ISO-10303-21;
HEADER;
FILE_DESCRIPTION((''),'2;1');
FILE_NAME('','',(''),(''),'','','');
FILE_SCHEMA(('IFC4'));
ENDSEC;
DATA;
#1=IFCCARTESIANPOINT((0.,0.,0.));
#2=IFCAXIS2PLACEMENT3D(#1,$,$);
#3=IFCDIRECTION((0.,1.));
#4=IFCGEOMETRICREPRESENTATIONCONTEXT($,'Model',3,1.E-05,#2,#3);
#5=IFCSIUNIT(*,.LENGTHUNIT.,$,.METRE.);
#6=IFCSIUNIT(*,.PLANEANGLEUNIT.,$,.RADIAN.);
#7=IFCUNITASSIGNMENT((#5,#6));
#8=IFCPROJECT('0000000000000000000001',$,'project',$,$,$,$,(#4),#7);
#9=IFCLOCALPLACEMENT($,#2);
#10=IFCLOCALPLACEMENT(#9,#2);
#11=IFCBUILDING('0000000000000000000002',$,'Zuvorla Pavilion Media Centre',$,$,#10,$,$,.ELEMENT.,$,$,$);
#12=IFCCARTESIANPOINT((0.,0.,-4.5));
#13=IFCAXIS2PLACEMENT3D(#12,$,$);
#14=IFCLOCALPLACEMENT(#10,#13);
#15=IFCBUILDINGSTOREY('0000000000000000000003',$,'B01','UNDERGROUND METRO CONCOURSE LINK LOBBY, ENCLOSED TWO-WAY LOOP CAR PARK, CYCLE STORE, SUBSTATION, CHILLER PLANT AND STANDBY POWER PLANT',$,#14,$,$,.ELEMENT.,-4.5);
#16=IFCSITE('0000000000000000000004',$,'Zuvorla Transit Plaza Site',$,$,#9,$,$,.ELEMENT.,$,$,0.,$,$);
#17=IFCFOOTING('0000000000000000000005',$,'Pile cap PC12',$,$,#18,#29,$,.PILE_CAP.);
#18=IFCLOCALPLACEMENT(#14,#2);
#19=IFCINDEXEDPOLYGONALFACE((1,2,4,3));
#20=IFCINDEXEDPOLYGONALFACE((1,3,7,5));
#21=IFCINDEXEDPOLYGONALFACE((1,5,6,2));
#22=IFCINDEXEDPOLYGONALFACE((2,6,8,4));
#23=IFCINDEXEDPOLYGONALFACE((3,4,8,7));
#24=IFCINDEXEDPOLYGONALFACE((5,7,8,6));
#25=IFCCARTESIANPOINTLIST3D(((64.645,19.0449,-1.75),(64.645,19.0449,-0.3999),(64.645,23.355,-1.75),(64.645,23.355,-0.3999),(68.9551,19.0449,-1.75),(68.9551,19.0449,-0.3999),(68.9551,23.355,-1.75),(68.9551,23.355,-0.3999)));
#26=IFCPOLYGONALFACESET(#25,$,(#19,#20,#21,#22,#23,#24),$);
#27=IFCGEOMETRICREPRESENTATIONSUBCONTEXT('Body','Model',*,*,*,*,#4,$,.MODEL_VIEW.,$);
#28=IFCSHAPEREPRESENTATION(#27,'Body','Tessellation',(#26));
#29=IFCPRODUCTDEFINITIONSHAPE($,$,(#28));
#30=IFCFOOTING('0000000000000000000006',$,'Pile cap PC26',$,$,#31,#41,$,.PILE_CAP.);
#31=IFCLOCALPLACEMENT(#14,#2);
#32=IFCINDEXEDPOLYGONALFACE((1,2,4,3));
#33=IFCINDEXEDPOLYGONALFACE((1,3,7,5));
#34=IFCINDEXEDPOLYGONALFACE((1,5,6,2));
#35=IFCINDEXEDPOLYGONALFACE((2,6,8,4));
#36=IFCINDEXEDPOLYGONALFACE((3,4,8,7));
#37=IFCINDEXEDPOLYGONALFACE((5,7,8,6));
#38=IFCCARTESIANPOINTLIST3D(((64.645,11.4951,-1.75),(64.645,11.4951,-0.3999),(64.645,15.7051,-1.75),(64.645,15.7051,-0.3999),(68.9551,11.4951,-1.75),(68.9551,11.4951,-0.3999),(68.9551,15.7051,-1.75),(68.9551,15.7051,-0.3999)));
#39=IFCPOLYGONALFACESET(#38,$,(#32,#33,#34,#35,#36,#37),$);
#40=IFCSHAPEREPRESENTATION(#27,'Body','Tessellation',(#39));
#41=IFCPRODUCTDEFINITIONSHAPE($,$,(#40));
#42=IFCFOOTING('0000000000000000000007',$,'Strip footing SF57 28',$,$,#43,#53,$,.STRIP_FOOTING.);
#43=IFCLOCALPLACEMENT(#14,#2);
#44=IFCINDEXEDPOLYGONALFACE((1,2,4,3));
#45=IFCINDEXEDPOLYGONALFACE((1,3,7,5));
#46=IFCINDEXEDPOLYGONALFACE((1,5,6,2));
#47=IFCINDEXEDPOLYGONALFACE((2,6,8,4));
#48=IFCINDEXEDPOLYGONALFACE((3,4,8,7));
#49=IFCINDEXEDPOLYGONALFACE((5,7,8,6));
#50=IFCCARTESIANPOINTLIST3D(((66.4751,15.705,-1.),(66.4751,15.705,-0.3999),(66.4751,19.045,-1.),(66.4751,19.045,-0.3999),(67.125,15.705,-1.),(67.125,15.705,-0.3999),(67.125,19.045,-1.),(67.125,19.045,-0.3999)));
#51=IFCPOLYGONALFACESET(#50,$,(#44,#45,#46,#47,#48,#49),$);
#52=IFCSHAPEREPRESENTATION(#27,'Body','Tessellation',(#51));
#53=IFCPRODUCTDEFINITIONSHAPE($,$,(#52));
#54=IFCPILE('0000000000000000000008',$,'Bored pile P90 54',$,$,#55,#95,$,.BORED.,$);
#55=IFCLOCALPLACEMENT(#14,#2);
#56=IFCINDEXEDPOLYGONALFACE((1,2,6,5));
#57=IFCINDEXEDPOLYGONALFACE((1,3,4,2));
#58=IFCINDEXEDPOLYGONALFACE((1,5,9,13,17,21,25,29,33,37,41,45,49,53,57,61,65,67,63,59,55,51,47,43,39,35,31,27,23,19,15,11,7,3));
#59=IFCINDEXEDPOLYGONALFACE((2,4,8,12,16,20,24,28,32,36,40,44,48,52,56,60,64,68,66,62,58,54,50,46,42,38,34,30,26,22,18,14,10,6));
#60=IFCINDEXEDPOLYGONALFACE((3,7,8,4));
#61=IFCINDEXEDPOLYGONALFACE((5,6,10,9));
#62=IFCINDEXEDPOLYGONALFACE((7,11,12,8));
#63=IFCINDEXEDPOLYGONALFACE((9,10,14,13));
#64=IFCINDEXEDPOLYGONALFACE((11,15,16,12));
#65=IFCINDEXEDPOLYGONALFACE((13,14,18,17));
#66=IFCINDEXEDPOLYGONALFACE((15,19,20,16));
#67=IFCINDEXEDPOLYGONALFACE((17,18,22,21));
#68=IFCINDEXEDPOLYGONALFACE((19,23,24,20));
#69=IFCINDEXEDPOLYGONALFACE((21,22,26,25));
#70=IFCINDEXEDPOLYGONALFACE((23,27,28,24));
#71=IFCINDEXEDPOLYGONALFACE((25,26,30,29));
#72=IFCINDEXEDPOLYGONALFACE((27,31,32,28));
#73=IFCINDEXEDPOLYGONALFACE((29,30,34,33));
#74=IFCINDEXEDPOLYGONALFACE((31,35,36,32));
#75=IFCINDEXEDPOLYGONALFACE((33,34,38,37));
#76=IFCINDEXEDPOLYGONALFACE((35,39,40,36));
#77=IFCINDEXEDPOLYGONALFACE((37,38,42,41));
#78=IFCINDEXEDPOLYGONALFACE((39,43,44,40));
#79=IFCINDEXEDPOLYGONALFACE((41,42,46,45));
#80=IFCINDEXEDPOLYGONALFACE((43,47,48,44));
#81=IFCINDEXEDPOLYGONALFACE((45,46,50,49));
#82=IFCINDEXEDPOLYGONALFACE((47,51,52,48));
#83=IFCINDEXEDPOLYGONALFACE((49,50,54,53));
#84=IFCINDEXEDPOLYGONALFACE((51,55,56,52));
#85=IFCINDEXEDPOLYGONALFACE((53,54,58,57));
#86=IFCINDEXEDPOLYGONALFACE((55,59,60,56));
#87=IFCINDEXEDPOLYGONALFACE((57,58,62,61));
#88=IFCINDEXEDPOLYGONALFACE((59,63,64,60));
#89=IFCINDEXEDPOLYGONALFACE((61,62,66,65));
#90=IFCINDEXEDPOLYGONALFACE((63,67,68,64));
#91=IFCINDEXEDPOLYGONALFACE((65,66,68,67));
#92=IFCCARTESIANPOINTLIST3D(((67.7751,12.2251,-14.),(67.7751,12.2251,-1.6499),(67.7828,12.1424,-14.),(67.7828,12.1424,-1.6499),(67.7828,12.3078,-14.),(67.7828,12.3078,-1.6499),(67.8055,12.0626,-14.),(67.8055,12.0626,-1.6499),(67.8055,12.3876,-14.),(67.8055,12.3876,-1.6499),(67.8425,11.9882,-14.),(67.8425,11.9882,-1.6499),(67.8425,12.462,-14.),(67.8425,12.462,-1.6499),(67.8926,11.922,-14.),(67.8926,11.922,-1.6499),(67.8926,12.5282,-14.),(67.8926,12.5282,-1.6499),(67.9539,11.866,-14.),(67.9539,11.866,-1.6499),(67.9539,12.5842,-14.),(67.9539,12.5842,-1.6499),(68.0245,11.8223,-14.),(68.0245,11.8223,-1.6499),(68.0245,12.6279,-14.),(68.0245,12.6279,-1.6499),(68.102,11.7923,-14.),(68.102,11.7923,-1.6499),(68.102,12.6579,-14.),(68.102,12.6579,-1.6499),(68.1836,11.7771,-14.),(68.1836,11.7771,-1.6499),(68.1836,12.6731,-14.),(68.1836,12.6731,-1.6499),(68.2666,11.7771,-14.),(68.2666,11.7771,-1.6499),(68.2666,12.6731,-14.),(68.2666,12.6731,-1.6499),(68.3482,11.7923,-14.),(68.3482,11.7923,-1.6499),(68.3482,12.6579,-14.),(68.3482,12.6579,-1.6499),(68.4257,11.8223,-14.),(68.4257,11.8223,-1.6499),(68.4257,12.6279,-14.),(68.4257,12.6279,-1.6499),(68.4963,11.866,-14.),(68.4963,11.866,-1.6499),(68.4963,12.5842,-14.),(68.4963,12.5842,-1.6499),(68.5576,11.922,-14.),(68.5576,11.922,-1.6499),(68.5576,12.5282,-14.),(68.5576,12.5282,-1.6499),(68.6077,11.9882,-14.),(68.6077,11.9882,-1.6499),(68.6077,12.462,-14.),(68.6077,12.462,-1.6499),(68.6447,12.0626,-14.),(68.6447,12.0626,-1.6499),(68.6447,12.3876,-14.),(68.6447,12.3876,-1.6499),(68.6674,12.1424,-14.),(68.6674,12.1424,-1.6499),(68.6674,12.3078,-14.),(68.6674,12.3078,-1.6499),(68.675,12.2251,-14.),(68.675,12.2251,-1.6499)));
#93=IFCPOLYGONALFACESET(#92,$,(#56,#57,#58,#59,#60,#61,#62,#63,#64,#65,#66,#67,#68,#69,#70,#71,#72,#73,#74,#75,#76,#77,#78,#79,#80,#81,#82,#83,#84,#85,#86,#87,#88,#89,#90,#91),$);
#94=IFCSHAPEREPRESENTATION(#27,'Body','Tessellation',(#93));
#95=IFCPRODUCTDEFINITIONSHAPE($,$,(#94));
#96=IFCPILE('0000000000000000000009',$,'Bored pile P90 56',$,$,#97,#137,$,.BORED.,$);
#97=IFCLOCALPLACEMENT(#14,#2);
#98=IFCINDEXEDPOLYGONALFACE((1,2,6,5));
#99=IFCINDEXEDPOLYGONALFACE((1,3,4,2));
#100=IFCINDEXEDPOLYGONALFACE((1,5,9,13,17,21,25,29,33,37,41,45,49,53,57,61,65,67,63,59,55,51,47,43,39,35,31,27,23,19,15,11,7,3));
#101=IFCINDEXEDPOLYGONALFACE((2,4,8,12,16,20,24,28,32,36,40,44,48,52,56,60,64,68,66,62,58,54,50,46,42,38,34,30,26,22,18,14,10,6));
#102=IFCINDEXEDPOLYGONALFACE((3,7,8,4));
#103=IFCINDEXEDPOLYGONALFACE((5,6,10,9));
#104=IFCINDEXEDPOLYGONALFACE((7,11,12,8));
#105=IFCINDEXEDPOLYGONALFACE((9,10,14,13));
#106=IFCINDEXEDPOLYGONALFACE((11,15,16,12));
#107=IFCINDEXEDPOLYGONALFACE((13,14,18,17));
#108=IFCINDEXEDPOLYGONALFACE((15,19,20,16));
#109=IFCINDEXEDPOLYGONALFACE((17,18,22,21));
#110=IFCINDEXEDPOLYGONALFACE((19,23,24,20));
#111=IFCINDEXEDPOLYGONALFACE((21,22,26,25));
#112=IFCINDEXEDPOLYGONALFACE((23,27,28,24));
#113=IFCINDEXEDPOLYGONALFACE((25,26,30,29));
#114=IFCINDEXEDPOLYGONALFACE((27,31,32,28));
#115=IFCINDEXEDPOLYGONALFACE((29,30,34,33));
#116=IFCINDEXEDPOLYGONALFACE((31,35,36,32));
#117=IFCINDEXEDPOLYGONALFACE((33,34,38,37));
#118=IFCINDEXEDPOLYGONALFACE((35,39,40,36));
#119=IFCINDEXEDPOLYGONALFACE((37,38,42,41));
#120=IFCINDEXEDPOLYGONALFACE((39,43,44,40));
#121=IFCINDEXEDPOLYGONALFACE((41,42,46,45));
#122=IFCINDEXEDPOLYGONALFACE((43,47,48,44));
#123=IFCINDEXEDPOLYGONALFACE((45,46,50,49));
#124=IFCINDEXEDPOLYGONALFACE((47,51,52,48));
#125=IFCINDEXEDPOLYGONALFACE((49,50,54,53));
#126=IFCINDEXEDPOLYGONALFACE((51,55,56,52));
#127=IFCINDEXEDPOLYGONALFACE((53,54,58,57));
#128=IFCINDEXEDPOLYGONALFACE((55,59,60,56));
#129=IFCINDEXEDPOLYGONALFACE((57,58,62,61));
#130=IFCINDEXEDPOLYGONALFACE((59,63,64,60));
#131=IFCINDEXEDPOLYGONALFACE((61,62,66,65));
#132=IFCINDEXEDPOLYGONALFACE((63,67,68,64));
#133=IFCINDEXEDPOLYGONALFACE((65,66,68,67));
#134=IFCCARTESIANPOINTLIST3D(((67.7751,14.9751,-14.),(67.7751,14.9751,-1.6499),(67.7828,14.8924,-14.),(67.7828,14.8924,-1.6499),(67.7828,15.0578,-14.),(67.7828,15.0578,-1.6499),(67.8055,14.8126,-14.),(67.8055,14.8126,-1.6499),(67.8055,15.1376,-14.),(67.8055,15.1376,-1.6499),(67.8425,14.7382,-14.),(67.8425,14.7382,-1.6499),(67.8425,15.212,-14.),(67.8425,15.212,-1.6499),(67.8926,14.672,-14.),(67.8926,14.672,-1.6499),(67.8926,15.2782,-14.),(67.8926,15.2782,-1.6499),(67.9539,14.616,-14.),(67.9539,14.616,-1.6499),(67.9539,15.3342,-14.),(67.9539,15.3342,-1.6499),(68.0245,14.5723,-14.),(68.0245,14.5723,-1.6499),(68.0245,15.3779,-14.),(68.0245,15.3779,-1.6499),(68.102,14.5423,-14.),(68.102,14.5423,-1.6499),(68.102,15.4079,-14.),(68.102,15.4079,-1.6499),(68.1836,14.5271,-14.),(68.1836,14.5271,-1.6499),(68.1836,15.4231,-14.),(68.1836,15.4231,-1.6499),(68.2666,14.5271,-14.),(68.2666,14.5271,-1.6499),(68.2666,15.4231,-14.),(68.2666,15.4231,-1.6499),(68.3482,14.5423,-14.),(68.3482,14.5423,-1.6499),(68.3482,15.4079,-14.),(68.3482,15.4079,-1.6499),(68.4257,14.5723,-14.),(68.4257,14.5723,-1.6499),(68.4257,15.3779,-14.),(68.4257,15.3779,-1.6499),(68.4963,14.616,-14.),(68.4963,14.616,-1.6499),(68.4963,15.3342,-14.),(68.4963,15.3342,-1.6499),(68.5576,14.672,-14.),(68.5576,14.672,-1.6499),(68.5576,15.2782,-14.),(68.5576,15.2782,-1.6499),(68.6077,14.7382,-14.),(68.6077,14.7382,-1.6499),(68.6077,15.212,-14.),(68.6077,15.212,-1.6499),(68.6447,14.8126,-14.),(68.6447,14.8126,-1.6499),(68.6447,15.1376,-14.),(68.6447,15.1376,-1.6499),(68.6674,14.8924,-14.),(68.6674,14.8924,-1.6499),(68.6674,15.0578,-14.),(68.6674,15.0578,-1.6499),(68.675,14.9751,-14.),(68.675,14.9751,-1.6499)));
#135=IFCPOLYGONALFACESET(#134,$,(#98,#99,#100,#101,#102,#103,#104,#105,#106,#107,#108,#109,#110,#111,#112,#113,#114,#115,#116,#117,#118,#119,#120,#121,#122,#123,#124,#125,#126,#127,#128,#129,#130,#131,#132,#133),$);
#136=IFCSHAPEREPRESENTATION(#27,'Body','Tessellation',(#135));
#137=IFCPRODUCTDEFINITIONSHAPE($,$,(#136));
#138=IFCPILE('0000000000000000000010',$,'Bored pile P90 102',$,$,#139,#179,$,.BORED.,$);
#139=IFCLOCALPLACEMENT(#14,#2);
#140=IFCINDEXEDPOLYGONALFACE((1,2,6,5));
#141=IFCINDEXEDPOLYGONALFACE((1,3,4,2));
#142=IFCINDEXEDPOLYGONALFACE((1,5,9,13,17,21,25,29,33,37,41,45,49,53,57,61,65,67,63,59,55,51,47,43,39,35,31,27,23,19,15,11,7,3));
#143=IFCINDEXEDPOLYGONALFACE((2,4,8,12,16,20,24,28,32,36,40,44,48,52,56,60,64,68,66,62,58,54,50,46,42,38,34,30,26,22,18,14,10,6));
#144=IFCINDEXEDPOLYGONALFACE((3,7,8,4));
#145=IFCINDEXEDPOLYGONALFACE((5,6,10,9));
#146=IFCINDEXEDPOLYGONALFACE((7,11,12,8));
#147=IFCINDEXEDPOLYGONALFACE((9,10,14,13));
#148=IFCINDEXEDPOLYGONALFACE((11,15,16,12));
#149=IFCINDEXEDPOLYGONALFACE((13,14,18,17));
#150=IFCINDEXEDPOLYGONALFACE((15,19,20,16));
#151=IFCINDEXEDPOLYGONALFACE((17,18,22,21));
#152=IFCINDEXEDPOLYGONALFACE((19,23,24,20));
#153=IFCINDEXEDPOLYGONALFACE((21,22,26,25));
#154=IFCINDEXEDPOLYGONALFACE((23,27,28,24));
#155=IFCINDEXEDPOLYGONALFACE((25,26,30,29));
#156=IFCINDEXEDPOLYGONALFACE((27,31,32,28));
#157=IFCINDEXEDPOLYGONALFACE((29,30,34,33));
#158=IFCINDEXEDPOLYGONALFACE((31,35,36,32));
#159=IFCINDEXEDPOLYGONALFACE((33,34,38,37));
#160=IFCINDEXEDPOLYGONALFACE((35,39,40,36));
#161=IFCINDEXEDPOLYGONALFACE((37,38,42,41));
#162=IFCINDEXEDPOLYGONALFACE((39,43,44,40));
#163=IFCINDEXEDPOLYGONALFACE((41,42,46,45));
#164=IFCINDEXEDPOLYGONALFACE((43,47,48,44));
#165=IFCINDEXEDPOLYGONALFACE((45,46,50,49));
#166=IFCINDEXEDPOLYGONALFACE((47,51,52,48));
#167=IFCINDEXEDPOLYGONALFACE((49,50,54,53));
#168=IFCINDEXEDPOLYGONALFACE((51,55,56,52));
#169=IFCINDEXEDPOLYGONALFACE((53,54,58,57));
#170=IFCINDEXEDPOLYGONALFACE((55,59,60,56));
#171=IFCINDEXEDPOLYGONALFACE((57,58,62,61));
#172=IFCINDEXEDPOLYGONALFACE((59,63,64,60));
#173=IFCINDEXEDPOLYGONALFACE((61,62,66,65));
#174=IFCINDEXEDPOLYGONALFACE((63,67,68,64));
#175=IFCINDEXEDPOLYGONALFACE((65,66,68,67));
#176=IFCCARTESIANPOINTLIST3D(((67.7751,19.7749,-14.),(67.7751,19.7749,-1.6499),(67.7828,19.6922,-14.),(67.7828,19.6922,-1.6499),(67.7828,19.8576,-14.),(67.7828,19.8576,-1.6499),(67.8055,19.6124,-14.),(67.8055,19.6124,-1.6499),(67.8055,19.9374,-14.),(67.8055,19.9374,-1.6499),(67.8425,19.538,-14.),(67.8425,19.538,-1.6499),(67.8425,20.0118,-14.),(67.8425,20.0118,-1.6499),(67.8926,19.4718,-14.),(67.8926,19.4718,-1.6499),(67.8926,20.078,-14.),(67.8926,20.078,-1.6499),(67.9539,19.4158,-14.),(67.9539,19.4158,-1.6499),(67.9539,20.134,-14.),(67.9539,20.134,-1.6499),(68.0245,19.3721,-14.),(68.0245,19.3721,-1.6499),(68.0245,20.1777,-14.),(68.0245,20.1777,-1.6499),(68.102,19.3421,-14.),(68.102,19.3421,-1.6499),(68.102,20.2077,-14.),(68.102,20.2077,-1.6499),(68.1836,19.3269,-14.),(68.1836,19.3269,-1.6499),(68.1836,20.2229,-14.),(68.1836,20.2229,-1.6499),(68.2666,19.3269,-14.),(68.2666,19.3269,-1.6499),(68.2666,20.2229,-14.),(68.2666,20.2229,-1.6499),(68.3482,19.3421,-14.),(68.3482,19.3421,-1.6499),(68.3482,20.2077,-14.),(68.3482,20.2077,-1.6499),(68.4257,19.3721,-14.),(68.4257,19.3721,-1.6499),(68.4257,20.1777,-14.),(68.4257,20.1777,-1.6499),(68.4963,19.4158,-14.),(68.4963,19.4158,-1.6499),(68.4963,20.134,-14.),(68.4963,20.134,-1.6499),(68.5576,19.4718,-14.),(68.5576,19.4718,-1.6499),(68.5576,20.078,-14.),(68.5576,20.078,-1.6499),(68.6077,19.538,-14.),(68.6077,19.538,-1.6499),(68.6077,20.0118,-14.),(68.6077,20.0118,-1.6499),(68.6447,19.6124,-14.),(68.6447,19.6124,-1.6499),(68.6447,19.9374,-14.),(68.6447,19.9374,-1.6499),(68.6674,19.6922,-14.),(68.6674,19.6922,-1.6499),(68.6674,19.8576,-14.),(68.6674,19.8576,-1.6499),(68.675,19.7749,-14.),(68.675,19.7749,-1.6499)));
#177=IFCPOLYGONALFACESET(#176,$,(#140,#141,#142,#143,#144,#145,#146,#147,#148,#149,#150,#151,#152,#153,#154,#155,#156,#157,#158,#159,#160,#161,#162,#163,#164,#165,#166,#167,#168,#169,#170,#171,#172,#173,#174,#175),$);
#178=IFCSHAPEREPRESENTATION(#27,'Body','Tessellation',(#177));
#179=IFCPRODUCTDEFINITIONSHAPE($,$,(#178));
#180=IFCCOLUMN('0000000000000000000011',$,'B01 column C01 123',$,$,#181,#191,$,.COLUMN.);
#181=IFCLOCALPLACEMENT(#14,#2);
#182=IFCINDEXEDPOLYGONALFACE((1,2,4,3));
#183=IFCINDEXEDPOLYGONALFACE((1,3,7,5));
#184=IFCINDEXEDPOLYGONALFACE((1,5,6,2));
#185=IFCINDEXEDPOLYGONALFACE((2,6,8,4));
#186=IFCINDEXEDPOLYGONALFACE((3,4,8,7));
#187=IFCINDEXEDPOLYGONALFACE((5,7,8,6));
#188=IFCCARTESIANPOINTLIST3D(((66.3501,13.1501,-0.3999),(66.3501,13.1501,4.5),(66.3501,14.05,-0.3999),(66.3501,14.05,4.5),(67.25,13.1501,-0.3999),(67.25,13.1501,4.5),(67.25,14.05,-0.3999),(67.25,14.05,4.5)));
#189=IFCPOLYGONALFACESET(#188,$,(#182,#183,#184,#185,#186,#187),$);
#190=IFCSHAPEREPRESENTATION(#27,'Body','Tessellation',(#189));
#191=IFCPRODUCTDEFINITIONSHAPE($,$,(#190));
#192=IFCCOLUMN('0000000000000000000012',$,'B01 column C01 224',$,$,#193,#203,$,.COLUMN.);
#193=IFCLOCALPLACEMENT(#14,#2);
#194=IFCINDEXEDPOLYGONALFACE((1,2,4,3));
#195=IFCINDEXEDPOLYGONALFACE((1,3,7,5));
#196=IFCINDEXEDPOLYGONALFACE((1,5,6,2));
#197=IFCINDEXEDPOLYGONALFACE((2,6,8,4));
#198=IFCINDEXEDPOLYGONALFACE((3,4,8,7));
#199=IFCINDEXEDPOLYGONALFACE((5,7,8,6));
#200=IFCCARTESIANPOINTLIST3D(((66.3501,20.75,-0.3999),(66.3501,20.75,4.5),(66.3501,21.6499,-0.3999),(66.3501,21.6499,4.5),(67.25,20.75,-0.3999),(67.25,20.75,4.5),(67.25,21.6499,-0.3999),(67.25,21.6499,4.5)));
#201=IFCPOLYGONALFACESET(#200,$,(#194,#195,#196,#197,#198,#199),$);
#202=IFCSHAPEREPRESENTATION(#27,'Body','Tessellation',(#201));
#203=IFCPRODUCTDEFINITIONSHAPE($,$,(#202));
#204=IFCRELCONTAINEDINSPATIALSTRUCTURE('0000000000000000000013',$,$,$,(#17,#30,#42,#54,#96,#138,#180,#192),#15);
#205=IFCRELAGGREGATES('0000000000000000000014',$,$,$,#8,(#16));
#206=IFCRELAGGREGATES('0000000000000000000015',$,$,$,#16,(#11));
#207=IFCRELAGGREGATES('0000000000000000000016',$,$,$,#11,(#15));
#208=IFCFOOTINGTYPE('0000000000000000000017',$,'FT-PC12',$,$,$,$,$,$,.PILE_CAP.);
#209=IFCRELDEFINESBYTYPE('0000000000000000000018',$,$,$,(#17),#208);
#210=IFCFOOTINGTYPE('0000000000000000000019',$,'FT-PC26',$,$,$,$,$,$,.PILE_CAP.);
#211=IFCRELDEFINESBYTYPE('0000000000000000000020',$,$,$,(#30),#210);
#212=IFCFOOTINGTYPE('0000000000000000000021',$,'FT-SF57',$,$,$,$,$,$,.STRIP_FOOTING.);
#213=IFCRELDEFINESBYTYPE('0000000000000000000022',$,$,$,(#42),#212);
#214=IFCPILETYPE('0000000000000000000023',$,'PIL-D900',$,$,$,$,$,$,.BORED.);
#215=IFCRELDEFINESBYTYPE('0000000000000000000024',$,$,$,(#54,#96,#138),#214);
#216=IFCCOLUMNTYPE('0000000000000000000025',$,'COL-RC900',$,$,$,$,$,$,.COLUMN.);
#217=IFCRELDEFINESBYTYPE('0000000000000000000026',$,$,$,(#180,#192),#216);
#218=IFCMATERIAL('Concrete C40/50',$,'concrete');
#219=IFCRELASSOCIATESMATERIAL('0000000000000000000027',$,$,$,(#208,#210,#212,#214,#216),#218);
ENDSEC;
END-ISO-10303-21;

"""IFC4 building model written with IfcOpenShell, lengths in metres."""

from ifc_helpers import new_model, si_unit, direction, frame, origin, origin_2d, place, context, subcontext, project, spatial, rectangle, circle, extrude, material, material_profile, profile_set, type_object, element, save


model = new_model("IFC4")

# Units and contexts
model_context = context("Model", 3, precision=1e-05, world=origin(), true_north=direction((0.0, 1.0)))
body_context = subcontext(model_context, "Body", "Model", "MODEL_VIEW")
ifc_project = project(units=[si_unit("LENGTHUNIT", "METRE"), si_unit("PLANEANGLEUNIT", "RADIAN")], contexts=[model_context])

# Site, building, storey
site_placement = place(None, origin())
site = spatial("IfcSite", under=ifc_project, at=site_placement, Name="Zuvorla Transit Plaza Site", CompositionType="ELEMENT", RefElevation=0.0)
building_placement = place(site_placement, origin())
building = spatial("IfcBuilding", under=site, at=building_placement, Name="Zuvorla Pavilion Media Centre", CompositionType="ELEMENT")
storey_placement = place(building_placement, frame((0.0, 0.0, -4.5)))
storey = spatial("IfcBuildingStorey", under=building, at=storey_placement, Name="B01", Description="UNDERGROUND METRO CONCOURSE LINK LOBBY, ENCLOSED TWO-WAY LOOP CAR PARK, CYCLE STORE, SUBSTATION, CHILLER PLANT AND STANDBY POWER PLANT", CompositionType="ELEMENT", Elevation=-4.5)

# Footings
ifc_material_1 = material(Name="Concrete C40/50", Category="concrete")
footing_type_1 = type_object("IfcFootingType", Name="FT-PC12", PredefinedType="PILE_CAP", material=ifc_material_1)
footing_1_placement = place(storey_placement, frame((66.8, 21.2, -1.75), z_axis=(0.0, 0.0, 1.0), x_axis=(1.0, 0.0, 0.0)))
element("IfcFooting", 1, at=footing_1_placement, inside=storey, type_object=footing_type_1, Name="Pile cap PC12", PredefinedType="PILE_CAP", context=body_context, shape_type="SweptSolid", body=[
    extrude(rectangle(XDim=4.3101, YDim=4.3101, at=origin_2d()), origin(), (0.0, 0.0, 1.0), 1.3501),
])
footing_type_2 = type_object("IfcFootingType", Name="FT-PC26", PredefinedType="PILE_CAP", material=ifc_material_1)
footing_2_placement = place(storey_placement, frame((66.8, 13.6001, -1.75), z_axis=(0.0, 0.0, 1.0), x_axis=(1.0, 0.0, 0.0)))
element("IfcFooting", 2, at=footing_2_placement, inside=storey, type_object=footing_type_2, Name="Pile cap PC26", PredefinedType="PILE_CAP", context=body_context, shape_type="SweptSolid", body=[
    extrude(rectangle(XDim=4.3101, YDim=4.21, at=origin_2d()), origin(), (0.0, 0.0, 1.0), 1.3501),
])
footing_type_3 = type_object("IfcFootingType", Name="FT-SF57", PredefinedType="STRIP_FOOTING", material=ifc_material_1)
footing_3_placement = place(storey_placement, frame((66.8, 17.375, -1.0), z_axis=(0.0, 0.0, 1.0), x_axis=(0.0, 1.0, 0.0)))
element("IfcFooting", 3, at=footing_3_placement, inside=storey, type_object=footing_type_3, Name="Strip footing SF57 28", PredefinedType="STRIP_FOOTING", context=body_context, shape_type="SweptSolid", body=[
    extrude(rectangle(XDim=3.3401, YDim=0.6499, at=origin_2d()), origin(), (0.0, 0.0, 1.0), 0.6001),
])

# Piles
ifc_material_profile_1 = material_profile(ifc_material_1, circle(Radius=0.45, at=origin_2d()), Name="BORED PILE 900")
ifc_profile_set_1 = profile_set([ifc_material_profile_1], Name="Concrete C40/50")
pile_type = type_object("IfcPileType", Name="PIL-D900", PredefinedType="BORED", material=ifc_profile_set_1)
for number, where, z_axis, x_axis, name in (
    (4, (68.2251, 12.2251, -1.6499), (0.0, 0.0, -1.0), (1.0, 0.0, 0.0), "Bored pile P90 54"),
    (5, (68.2251, 14.9751, -1.6499), (0.0, 0.0, -1.0), (1.0, 0.0, 0.0), "Bored pile P90 56"),
    (6, (68.2251, 19.7749, -1.6499), (0.0, 0.0, -1.0), (1.0, 0.0, 0.0), "Bored pile P90 102"),
):
    element("IfcPile", number, at=place(storey_placement, frame(where, z_axis=z_axis, x_axis=x_axis)), inside=storey, type_object=pile_type, Name=name, PredefinedType="BORED", context=body_context, shape_type="SweptSolid", body=[
        extrude(circle(Radius=0.45, at=origin_2d()), origin(), (0.0, 0.0, 1.0), 12.3501),
    ])

# Columns
ifc_material_profile_2 = material_profile(ifc_material_1, rectangle(XDim=0.8999, YDim=0.8999, at=origin_2d()), Name="RC 900x900")
ifc_profile_set_2 = profile_set([ifc_material_profile_2], Name="Concrete C40/50")
column_type = type_object("IfcColumnType", Name="COL-RC900", PredefinedType="COLUMN", material=ifc_profile_set_2)
for number, where, z_axis, x_axis, name in (
    (7, (66.8, 13.6001, -0.3999), (0.0, 0.0, 1.0), (1.0, 0.0, 0.0), "B01 column C01 123"),
    (8, (66.8, 21.2, -0.3999), (0.0, 0.0, 1.0), (1.0, 0.0, 0.0), "B01 column C01 224"),
):
    element("IfcColumn", number, at=place(storey_placement, frame(where, z_axis=z_axis, x_axis=x_axis)), inside=storey, type_object=column_type, Name=name, PredefinedType="COLUMN", context=body_context, shape_type="SweptSolid", body=[
        extrude(rectangle(XDim=0.8999, YDim=0.8999, at=origin_2d()), origin(), (0.0, 0.0, 1.0), 4.8999),
    ])

save(model, "model.ifc")
